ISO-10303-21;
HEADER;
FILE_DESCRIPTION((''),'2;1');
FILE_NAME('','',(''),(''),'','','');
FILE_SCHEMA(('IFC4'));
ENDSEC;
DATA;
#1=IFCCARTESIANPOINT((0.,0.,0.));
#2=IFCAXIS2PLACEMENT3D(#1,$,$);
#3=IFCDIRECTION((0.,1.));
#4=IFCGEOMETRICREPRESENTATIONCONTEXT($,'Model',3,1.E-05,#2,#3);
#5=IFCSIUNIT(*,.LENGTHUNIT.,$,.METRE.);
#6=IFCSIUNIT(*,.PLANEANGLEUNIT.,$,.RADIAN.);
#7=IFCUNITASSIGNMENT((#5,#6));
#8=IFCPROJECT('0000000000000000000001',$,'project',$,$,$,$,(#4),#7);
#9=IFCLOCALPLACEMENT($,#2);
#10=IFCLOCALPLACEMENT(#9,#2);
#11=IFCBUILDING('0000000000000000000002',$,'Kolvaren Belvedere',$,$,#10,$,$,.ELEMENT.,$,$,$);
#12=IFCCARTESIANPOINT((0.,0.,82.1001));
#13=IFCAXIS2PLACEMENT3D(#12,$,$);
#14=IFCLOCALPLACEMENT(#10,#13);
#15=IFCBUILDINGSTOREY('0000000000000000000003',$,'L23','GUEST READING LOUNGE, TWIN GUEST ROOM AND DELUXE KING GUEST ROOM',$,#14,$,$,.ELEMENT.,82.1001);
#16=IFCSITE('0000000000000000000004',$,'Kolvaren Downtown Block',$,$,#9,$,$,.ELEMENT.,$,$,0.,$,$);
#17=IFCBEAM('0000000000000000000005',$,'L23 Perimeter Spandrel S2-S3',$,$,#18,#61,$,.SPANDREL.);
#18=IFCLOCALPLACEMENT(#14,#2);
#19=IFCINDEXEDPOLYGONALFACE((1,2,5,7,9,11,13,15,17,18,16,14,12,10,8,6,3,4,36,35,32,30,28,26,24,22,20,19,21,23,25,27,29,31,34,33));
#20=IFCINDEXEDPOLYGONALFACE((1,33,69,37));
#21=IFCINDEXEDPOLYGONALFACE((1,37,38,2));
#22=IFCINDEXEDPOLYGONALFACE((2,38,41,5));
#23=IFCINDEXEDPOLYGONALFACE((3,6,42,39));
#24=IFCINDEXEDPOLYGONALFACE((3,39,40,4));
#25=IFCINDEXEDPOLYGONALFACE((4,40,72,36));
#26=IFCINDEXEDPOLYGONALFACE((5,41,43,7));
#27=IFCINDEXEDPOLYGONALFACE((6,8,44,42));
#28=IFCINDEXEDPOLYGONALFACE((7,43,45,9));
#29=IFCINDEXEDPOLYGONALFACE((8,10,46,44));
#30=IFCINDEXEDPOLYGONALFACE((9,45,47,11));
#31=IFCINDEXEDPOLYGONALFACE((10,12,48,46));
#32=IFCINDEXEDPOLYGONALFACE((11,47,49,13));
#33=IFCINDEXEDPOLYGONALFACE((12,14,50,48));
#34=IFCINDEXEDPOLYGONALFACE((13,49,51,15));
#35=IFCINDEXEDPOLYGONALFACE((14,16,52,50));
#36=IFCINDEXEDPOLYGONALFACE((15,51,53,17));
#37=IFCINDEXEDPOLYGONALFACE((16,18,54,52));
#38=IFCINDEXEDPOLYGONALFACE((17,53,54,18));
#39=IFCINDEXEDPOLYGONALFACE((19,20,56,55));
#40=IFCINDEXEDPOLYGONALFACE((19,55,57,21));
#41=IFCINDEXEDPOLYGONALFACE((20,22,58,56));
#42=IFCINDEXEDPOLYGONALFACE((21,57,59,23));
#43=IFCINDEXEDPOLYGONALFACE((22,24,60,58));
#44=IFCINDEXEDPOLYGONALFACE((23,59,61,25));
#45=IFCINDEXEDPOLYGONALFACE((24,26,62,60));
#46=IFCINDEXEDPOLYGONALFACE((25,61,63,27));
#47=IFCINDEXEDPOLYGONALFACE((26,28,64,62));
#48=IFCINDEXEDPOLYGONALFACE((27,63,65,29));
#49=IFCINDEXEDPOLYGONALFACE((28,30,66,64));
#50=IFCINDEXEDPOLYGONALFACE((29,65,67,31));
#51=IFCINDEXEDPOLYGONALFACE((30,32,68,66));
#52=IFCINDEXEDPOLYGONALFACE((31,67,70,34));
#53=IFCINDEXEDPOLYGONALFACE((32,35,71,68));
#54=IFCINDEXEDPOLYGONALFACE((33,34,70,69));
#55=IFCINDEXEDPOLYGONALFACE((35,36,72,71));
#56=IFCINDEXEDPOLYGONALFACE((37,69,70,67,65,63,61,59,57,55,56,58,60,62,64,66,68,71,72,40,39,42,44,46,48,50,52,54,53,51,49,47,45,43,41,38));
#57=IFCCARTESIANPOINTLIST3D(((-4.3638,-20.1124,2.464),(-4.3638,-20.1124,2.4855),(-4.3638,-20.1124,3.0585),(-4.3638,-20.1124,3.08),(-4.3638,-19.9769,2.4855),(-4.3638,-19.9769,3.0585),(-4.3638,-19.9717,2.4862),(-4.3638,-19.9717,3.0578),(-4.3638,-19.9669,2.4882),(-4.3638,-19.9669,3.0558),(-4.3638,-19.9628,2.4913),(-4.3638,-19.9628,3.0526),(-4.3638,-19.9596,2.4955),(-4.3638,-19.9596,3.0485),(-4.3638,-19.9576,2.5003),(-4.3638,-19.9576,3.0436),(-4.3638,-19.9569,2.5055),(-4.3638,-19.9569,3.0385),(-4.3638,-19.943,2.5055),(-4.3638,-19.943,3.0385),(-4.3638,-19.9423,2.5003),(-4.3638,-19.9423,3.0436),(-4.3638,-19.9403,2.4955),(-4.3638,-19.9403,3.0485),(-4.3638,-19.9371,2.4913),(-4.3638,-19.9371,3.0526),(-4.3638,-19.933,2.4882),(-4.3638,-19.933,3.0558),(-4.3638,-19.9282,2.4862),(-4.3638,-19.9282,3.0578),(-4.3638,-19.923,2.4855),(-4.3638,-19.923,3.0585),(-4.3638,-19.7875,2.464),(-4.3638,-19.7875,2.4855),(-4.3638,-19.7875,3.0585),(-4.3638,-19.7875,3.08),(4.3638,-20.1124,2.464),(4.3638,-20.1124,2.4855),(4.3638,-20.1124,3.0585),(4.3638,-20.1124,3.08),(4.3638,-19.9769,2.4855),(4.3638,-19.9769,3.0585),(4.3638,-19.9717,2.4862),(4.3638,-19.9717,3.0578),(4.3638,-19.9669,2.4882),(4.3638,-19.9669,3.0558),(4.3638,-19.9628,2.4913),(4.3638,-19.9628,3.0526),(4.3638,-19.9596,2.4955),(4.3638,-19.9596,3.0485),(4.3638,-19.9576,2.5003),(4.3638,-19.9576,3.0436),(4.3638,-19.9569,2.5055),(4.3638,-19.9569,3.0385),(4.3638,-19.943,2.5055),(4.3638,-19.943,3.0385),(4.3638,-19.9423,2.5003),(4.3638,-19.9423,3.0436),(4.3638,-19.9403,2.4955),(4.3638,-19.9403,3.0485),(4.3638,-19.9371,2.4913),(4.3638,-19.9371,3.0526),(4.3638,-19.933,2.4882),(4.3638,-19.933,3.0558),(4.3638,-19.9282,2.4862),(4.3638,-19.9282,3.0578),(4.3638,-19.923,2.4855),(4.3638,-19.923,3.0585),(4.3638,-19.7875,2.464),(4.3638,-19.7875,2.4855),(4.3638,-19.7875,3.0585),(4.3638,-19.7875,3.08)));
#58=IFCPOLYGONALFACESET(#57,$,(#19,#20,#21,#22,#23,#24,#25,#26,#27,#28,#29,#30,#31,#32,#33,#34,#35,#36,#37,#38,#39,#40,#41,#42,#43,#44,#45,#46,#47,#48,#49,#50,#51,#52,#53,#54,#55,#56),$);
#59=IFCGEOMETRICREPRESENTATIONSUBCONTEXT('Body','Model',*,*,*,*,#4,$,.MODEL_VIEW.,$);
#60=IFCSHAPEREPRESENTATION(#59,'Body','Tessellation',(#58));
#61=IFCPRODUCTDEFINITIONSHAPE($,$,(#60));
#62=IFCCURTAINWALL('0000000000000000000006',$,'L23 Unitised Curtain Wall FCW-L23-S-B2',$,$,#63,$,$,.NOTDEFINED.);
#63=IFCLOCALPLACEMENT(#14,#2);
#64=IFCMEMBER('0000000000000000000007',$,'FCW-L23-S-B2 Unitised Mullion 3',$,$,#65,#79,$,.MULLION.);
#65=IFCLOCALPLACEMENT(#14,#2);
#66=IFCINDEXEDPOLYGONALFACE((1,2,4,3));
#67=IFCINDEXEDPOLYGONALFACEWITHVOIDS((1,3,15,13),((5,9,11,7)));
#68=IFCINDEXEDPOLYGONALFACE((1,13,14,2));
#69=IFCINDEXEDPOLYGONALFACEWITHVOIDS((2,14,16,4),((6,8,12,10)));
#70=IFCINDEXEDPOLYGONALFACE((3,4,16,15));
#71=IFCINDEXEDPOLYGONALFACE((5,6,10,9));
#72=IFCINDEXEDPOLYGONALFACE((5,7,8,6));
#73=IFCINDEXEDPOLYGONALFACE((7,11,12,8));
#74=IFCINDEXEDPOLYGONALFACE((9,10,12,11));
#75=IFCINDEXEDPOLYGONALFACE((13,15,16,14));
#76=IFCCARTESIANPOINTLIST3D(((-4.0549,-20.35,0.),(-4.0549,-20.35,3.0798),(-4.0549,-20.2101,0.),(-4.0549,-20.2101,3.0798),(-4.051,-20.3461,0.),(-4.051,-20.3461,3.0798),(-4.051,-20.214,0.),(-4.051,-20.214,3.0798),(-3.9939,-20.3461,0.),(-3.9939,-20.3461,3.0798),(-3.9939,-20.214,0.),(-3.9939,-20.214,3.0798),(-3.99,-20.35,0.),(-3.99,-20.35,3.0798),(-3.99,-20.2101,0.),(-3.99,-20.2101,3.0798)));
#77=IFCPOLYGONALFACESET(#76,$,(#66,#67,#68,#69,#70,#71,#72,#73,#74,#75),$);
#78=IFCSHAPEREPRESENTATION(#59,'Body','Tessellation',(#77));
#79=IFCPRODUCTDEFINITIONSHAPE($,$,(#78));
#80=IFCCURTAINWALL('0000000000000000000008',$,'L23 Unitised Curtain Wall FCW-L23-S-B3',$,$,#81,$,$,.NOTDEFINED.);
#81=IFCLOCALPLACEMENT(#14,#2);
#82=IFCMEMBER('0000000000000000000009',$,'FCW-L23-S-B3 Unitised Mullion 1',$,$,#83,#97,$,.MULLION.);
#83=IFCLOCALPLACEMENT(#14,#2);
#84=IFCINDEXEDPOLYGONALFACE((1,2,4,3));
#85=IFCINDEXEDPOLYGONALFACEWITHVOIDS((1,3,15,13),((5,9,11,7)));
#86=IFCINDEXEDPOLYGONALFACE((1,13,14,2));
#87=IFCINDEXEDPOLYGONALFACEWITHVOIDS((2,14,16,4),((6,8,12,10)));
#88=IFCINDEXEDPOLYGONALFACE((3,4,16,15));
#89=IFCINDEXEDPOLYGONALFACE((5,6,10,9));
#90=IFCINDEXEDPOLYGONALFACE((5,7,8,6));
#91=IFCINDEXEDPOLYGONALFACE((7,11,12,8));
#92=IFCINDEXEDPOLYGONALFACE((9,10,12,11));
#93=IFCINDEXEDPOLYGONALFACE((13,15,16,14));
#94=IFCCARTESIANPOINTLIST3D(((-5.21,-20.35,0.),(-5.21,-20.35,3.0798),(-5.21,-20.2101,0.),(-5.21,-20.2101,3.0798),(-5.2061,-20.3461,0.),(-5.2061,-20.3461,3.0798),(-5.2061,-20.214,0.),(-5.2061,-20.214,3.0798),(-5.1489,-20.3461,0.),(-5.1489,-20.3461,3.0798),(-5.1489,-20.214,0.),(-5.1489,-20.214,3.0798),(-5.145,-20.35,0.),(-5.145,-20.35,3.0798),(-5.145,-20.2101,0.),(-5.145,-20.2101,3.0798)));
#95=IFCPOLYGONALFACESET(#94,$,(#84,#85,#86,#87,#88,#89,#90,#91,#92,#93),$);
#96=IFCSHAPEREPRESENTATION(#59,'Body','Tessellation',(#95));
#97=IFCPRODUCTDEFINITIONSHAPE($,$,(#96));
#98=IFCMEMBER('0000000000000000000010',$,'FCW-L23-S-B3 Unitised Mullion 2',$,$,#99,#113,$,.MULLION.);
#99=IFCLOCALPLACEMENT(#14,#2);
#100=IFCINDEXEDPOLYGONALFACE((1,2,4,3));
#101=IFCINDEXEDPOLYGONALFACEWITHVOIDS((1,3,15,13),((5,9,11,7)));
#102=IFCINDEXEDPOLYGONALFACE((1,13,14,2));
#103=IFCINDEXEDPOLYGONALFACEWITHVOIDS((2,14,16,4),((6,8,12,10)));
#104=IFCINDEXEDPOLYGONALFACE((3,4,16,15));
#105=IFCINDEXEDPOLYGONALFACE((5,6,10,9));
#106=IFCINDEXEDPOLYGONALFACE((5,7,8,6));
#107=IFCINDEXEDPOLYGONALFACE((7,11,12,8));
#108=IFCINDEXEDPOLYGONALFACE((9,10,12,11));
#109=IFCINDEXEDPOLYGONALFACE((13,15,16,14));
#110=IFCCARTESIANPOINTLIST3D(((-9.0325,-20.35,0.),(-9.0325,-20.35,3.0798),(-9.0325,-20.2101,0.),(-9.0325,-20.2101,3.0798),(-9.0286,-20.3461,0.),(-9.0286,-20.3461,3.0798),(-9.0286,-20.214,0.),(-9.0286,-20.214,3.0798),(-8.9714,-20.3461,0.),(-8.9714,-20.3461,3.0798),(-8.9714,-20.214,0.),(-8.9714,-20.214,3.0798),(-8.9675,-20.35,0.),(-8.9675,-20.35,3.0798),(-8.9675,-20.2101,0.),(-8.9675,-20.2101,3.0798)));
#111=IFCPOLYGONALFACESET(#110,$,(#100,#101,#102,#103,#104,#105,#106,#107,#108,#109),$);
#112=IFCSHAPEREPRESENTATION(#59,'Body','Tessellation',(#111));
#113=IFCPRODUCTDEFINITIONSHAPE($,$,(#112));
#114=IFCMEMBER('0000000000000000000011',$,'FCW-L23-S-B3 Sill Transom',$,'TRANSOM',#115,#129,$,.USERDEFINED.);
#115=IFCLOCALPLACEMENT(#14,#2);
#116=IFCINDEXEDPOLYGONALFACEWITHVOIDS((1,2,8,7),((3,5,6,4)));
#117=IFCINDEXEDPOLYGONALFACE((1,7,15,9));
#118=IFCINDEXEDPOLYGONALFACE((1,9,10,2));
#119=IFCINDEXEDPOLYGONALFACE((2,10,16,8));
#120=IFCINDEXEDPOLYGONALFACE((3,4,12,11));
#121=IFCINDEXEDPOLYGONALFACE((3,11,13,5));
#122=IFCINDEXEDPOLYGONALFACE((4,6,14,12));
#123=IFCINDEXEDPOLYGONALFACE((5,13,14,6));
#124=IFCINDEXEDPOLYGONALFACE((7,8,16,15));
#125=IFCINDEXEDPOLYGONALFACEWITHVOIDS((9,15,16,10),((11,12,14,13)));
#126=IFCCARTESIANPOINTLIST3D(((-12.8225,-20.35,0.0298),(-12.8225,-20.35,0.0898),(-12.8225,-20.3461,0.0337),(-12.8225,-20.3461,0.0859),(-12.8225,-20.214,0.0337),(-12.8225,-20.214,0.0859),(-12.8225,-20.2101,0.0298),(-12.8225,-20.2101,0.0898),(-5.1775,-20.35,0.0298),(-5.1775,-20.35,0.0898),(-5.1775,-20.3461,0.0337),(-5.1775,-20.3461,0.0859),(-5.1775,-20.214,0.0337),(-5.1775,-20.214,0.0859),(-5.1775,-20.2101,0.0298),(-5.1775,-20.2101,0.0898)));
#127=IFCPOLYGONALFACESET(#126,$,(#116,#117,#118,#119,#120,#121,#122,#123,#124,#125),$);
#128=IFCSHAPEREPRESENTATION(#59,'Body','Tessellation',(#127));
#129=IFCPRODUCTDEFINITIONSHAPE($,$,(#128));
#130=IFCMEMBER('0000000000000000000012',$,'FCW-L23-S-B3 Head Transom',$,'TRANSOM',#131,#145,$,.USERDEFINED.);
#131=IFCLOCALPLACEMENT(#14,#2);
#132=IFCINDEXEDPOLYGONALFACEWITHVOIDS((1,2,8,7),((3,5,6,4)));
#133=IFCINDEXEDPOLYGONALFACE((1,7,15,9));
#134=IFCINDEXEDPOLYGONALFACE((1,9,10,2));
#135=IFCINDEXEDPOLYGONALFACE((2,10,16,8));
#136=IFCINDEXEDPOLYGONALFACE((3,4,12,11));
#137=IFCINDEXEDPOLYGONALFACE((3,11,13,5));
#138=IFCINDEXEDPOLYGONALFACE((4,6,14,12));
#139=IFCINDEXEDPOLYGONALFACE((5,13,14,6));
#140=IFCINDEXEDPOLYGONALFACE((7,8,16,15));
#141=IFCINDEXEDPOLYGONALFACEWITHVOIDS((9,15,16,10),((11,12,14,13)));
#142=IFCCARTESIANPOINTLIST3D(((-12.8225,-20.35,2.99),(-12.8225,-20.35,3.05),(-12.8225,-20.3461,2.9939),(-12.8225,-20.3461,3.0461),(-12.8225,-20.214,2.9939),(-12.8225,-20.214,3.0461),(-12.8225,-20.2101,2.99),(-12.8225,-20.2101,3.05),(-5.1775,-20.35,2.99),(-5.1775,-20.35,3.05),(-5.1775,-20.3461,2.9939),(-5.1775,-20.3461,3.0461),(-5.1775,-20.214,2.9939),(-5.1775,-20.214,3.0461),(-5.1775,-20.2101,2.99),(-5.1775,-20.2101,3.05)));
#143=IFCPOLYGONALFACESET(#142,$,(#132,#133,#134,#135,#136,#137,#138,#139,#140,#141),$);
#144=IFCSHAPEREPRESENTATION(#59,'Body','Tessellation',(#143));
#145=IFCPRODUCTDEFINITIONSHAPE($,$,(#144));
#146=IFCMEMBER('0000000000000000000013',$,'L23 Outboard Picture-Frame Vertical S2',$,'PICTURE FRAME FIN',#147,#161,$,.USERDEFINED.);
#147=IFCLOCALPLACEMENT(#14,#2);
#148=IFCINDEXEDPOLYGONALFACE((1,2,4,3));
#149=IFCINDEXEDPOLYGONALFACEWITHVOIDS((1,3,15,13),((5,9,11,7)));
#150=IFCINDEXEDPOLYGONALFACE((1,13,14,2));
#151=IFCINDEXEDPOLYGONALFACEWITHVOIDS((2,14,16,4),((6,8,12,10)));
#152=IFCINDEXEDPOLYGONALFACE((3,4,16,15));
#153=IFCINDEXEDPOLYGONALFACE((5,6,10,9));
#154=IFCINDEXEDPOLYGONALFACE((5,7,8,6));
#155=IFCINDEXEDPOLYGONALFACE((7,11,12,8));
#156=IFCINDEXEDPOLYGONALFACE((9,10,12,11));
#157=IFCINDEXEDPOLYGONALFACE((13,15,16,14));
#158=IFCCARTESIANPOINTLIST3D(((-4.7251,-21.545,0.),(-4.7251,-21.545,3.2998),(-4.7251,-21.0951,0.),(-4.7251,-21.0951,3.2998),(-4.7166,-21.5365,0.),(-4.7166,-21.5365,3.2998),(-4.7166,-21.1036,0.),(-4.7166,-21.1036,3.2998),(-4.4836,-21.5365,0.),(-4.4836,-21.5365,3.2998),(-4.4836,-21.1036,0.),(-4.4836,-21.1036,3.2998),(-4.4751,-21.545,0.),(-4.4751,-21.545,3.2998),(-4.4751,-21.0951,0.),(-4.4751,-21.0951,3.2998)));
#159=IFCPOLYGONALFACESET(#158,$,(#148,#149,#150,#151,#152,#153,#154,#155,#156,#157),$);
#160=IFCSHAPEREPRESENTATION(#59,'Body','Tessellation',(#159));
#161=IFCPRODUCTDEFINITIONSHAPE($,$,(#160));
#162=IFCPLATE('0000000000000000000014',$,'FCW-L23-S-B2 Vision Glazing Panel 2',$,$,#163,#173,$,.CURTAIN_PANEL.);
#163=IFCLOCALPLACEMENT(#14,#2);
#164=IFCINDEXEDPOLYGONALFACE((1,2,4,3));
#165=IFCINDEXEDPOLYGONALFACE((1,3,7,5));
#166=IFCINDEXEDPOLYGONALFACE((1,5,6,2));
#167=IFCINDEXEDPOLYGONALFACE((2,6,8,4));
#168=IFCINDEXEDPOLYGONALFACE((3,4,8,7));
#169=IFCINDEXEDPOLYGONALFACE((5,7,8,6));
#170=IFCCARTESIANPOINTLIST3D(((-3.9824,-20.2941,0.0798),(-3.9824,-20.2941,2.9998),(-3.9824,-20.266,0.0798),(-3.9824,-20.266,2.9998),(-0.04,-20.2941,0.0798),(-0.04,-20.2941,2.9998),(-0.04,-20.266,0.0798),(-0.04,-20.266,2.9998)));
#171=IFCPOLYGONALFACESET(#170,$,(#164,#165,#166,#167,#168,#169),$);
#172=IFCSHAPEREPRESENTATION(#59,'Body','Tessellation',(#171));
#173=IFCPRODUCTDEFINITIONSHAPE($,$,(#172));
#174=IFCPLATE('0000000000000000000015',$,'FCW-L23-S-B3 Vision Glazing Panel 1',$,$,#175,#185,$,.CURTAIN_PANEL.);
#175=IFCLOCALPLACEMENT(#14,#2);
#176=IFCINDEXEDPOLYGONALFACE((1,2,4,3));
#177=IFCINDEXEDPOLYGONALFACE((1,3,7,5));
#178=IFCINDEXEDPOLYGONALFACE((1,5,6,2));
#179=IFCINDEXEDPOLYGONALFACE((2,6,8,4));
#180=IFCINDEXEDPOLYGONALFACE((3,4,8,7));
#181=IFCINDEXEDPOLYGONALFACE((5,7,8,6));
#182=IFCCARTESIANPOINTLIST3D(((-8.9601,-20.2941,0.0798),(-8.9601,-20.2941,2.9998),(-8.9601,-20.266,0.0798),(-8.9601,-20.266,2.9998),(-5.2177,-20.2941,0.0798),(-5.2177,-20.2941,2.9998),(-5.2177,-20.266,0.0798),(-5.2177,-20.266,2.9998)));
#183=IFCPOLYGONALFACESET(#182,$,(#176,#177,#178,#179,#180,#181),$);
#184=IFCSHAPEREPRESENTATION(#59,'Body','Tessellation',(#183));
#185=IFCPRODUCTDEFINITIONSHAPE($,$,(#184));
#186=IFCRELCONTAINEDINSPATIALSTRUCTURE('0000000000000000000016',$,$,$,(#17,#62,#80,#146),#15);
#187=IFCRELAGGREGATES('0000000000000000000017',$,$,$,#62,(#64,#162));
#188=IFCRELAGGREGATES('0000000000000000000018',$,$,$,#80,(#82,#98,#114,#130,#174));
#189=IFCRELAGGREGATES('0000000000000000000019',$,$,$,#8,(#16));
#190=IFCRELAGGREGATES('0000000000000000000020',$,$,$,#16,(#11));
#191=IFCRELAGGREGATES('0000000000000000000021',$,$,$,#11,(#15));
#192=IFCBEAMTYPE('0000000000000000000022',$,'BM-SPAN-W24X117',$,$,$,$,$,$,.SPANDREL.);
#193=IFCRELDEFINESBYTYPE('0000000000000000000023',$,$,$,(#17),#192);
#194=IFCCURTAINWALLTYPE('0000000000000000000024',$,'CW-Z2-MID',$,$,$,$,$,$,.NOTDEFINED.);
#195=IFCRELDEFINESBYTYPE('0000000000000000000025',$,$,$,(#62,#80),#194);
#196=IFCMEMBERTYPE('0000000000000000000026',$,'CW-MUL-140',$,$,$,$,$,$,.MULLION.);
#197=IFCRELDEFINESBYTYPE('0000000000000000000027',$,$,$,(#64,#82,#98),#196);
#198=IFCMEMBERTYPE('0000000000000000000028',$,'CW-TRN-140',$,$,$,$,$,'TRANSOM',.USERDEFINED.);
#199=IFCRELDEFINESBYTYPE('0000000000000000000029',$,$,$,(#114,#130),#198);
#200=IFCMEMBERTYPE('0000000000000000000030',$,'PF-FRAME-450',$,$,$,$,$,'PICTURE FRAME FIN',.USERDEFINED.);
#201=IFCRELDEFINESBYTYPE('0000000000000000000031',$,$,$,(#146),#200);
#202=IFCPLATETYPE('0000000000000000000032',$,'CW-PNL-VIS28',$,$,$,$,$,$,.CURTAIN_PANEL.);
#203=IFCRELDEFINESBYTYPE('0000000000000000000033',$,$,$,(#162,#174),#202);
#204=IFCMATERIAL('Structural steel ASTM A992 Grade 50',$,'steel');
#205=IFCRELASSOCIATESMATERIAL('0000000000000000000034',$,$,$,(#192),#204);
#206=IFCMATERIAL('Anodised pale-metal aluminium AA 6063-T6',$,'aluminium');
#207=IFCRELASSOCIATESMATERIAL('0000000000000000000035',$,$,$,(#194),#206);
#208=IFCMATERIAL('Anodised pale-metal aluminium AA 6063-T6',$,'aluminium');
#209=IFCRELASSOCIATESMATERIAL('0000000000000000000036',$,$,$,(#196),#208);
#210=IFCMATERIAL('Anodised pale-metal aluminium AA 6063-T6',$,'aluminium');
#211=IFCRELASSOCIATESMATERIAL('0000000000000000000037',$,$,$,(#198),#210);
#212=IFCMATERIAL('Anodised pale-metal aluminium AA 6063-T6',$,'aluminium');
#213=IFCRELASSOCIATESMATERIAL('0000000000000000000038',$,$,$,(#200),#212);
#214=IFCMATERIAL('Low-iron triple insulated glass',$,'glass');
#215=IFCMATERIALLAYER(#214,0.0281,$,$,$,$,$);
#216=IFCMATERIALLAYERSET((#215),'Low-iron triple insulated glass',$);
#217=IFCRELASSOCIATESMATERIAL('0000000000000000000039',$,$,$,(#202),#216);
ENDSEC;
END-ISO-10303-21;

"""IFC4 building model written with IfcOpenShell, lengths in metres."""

from ifc_helpers import new_model, si_unit, direction, frame, origin, origin_2d, place, context, subcontext, project, spatial, rectangle, hollow_rectangle, i_section, extrude, material, layer, layer_set, material_profile, profile_set, type_object, element, aggregate, save


model = new_model("IFC4")

# Units and contexts
model_context = context("Model", 3, precision=1e-05, world=origin(), true_north=direction((0.0, 1.0)))
body_context = subcontext(model_context, "Body", "Model", "MODEL_VIEW")
ifc_project = project(units=[si_unit("LENGTHUNIT", "METRE"), si_unit("PLANEANGLEUNIT", "RADIAN")], contexts=[model_context])

# Site, building, storey
site_placement = place(None, origin())
site = spatial("IfcSite", under=ifc_project, at=site_placement, Name="Kolvaren Downtown Block", CompositionType="ELEMENT", RefElevation=0.0)
building_placement = place(site_placement, origin())
building = spatial("IfcBuilding", under=site, at=building_placement, Name="Kolvaren Belvedere", CompositionType="ELEMENT")
storey_placement = place(building_placement, frame((0.0, 0.0, 82.1001)))
storey = spatial("IfcBuildingStorey", under=building, at=storey_placement, Name="L23", Description="GUEST READING LOUNGE, TWIN GUEST ROOM AND DELUXE KING GUEST ROOM", CompositionType="ELEMENT", Elevation=82.1001)

# Beam
ifc_material_1 = material(Name="Structural steel ASTM A992 Grade 50", Category="steel")
ifc_material_profile_1 = material_profile(ifc_material_1, i_section(OverallWidth=0.325, OverallDepth=0.616, WebThickness=0.0139, FlangeThickness=0.0215, FilletRadius=0.02, at=origin_2d()), Name="W24X117")
ifc_profile_set_1 = profile_set([ifc_material_profile_1], Name="Structural steel ASTM A992 Grade 50")
beam_type_1 = type_object("IfcBeamType", Name="BM-SPAN-W24X117", PredefinedType="SPANDREL", material=ifc_profile_set_1)
beam_1_placement = place(storey_placement, frame((-4.3638, -19.95, 2.772), z_axis=(1.0, 0.0, 0.0), x_axis=(0.0, 1.0, 0.0)))
element("IfcBeam", 1, at=beam_1_placement, inside=storey, type_object=beam_type_1, Name="L23 Perimeter Spandrel S2-S3", PredefinedType="SPANDREL", context=body_context, shape_type="SweptSolid", body=[
    extrude(i_section(OverallWidth=0.325, OverallDepth=0.616, WebThickness=0.0139, FlangeThickness=0.0215, FilletRadius=0.02, at=origin_2d()), origin(), (0.0, 0.0, 1.0), 8.7275),
])

# Curtain wall, member
ifc_material_2 = material(Name="Anodised pale-metal aluminium AA 6063-T6", Category="aluminium")
curtain_wall_type = type_object("IfcCurtainWallType", Name="CW-Z2-MID", PredefinedType="NOTDEFINED", material=ifc_material_2)
curtain_wall_1_placement = place(storey_placement, origin())
curtain_wall_1 = element("IfcCurtainWall", 2, at=curtain_wall_1_placement, inside=storey, type_object=curtain_wall_type, Name="L23 Unitised Curtain Wall FCW-L23-S-B2", PredefinedType="NOTDEFINED")
ifc_material_3 = material(Name="Anodised pale-metal aluminium AA 6063-T6", Category="aluminium")
ifc_material_profile_2 = material_profile(ifc_material_3, hollow_rectangle(XDim=0.0649, YDim=0.1399, WallThickness=0.0039, at=origin_2d()), Name="ALU-MUL-140X65")
ifc_profile_set_2 = profile_set([ifc_material_profile_2], Name="Anodised pale-metal aluminium AA 6063-T6")
member_type_1 = type_object("IfcMemberType", Name="CW-MUL-140", PredefinedType="MULLION", material=ifc_profile_set_2)
member_1_placement = place(storey_placement, frame((-4.0225, -20.28, 0.0), z_axis=(0.0, 0.0, 1.0), x_axis=(1.0, 0.0, 0.0)))
member_1 = element("IfcMember", 3, at=member_1_placement, type_object=member_type_1, Name="FCW-L23-S-B2 Unitised Mullion 3", PredefinedType="MULLION", context=body_context, shape_type="SweptSolid", body=[
    extrude(hollow_rectangle(XDim=0.0649, YDim=0.1399, WallThickness=0.0039, at=origin_2d()), origin(), (0.0, 0.0, 1.0), 3.0798),
])

# Curtain wall, members
curtain_wall_2_placement = place(storey_placement, origin())
curtain_wall_2 = element("IfcCurtainWall", 4, at=curtain_wall_2_placement, inside=storey, type_object=curtain_wall_type, Name="L23 Unitised Curtain Wall FCW-L23-S-B3", PredefinedType="NOTDEFINED")
member_2_placement = place(storey_placement, frame((-5.1775, -20.28, 0.0), z_axis=(0.0, 0.0, 1.0), x_axis=(1.0, 0.0, 0.0)))
member_2 = element("IfcMember", 5, at=member_2_placement, type_object=member_type_1, Name="FCW-L23-S-B3 Unitised Mullion 1", PredefinedType="MULLION", context=body_context, shape_type="SweptSolid", body=[
    extrude(hollow_rectangle(XDim=0.0649, YDim=0.1399, WallThickness=0.0039, at=origin_2d()), origin(), (0.0, 0.0, 1.0), 3.0798),
])
member_3_placement = place(storey_placement, frame((-9.0, -20.28, 0.0), z_axis=(0.0, 0.0, 1.0), x_axis=(1.0, 0.0, 0.0)))
member_3 = element("IfcMember", 6, at=member_3_placement, type_object=member_type_1, Name="FCW-L23-S-B3 Unitised Mullion 2", PredefinedType="MULLION", context=body_context, shape_type="SweptSolid", body=[
    extrude(hollow_rectangle(XDim=0.0649, YDim=0.1399, WallThickness=0.0039, at=origin_2d()), origin(), (0.0, 0.0, 1.0), 3.0798),
])
ifc_material_4 = material(Name="Anodised pale-metal aluminium AA 6063-T6", Category="aluminium")
ifc_material_profile_3 = material_profile(ifc_material_4, hollow_rectangle(XDim=0.0601, YDim=0.1399, WallThickness=0.0039, at=origin_2d()), Name="ALU-TRN-140X60")
ifc_profile_set_3 = profile_set([ifc_material_profile_3], Name="Anodised pale-metal aluminium AA 6063-T6")
member_type_2 = type_object("IfcMemberType", Name="CW-TRN-140", ElementType="TRANSOM", PredefinedType="USERDEFINED", material=ifc_profile_set_3)
member_4_placement = place(storey_placement, frame((-5.1775, -20.28, 0.0598), z_axis=(-1.0, 0.0, 0.0), x_axis=(0.0, 0.0, 1.0)))
member_4 = element("IfcMember", 7, at=member_4_placement, type_object=member_type_2, Name="FCW-L23-S-B3 Sill Transom", ObjectType="TRANSOM", PredefinedType="USERDEFINED", context=body_context, shape_type="SweptSolid", body=[
    extrude(hollow_rectangle(XDim=0.0601, YDim=0.1399, WallThickness=0.0039, at=origin_2d()), origin(), (0.0, 0.0, 1.0), 7.645),
])
member_5_placement = place(storey_placement, frame((-5.1775, -20.28, 3.02), z_axis=(-1.0, 0.0, 0.0), x_axis=(0.0, 0.0, 1.0)))
member_5 = element("IfcMember", 8, at=member_5_placement, type_object=member_type_2, Name="FCW-L23-S-B3 Head Transom", ObjectType="TRANSOM", PredefinedType="USERDEFINED", context=body_context, shape_type="SweptSolid", body=[
    extrude(hollow_rectangle(XDim=0.0601, YDim=0.1399, WallThickness=0.0039, at=origin_2d()), origin(), (0.0, 0.0, 1.0), 7.645),
])

# Member
ifc_material_5 = material(Name="Anodised pale-metal aluminium AA 6063-T6", Category="aluminium")
ifc_material_profile_4 = material_profile(ifc_material_5, hollow_rectangle(XDim=0.25, YDim=0.45, WallThickness=0.0085, at=origin_2d()), Name="ALU-PF-450X250")
ifc_profile_set_4 = profile_set([ifc_material_profile_4], Name="Anodised pale-metal aluminium AA 6063-T6")
member_type_3 = type_object("IfcMemberType", Name="PF-FRAME-450", ElementType="PICTURE FRAME FIN", PredefinedType="USERDEFINED", material=ifc_profile_set_4)
member_6_placement = place(storey_placement, frame((-4.6001, -21.3201, 0.0), z_axis=(0.0, 0.0, 1.0), x_axis=(1.0, 0.0, 0.0)))
element("IfcMember", 9, at=member_6_placement, inside=storey, type_object=member_type_3, Name="L23 Outboard Picture-Frame Vertical S2", ObjectType="PICTURE FRAME FIN", PredefinedType="USERDEFINED", context=body_context, shape_type="SweptSolid", body=[
    extrude(hollow_rectangle(XDim=0.25, YDim=0.45, WallThickness=0.0085, at=origin_2d()), origin(), (0.0, 0.0, 1.0), 3.2998),
])

# Plates
ifc_material_6 = material(Name="Low-iron triple insulated glass", Category="glass")
ifc_layer_1 = layer(ifc_material_6, 0.0281)
ifc_layer_set_1 = layer_set([ifc_layer_1], Name="Low-iron triple insulated glass")
plate_type_1 = type_object("IfcPlateType", Name="CW-PNL-VIS28", PredefinedType="CURTAIN_PANEL", material=ifc_layer_set_1)
plate_1_placement = place(storey_placement, frame((-2.0112, -20.28, 0.0798), z_axis=(0.0, 0.0, 1.0), x_axis=(-1.0, 0.0, 0.0)))
plate_1 = element("IfcPlate", 10, at=plate_1_placement, type_object=plate_type_1, Name="FCW-L23-S-B2 Vision Glazing Panel 2", PredefinedType="CURTAIN_PANEL", context=body_context, shape_type="SweptSolid", body=[
    extrude(rectangle(XDim=3.9424, YDim=0.0281, at=origin_2d()), origin(), (0.0, 0.0, 1.0), 2.9199),
])
aggregate(curtain_wall_1, [member_1, plate_1])
plate_2_placement = place(storey_placement, frame((-7.0889, -20.28, 0.0798), z_axis=(0.0, 0.0, 1.0), x_axis=(-1.0, 0.0, 0.0)))
plate_2 = element("IfcPlate", 11, at=plate_2_placement, type_object=plate_type_1, Name="FCW-L23-S-B3 Vision Glazing Panel 1", PredefinedType="CURTAIN_PANEL", context=body_context, shape_type="SweptSolid", body=[
    extrude(rectangle(XDim=3.7424, YDim=0.0281, at=origin_2d()), origin(), (0.0, 0.0, 1.0), 2.9199),
])
aggregate(curtain_wall_2, [member_2, member_3, member_4, member_5, plate_2])

save(model, "model.ifc")
